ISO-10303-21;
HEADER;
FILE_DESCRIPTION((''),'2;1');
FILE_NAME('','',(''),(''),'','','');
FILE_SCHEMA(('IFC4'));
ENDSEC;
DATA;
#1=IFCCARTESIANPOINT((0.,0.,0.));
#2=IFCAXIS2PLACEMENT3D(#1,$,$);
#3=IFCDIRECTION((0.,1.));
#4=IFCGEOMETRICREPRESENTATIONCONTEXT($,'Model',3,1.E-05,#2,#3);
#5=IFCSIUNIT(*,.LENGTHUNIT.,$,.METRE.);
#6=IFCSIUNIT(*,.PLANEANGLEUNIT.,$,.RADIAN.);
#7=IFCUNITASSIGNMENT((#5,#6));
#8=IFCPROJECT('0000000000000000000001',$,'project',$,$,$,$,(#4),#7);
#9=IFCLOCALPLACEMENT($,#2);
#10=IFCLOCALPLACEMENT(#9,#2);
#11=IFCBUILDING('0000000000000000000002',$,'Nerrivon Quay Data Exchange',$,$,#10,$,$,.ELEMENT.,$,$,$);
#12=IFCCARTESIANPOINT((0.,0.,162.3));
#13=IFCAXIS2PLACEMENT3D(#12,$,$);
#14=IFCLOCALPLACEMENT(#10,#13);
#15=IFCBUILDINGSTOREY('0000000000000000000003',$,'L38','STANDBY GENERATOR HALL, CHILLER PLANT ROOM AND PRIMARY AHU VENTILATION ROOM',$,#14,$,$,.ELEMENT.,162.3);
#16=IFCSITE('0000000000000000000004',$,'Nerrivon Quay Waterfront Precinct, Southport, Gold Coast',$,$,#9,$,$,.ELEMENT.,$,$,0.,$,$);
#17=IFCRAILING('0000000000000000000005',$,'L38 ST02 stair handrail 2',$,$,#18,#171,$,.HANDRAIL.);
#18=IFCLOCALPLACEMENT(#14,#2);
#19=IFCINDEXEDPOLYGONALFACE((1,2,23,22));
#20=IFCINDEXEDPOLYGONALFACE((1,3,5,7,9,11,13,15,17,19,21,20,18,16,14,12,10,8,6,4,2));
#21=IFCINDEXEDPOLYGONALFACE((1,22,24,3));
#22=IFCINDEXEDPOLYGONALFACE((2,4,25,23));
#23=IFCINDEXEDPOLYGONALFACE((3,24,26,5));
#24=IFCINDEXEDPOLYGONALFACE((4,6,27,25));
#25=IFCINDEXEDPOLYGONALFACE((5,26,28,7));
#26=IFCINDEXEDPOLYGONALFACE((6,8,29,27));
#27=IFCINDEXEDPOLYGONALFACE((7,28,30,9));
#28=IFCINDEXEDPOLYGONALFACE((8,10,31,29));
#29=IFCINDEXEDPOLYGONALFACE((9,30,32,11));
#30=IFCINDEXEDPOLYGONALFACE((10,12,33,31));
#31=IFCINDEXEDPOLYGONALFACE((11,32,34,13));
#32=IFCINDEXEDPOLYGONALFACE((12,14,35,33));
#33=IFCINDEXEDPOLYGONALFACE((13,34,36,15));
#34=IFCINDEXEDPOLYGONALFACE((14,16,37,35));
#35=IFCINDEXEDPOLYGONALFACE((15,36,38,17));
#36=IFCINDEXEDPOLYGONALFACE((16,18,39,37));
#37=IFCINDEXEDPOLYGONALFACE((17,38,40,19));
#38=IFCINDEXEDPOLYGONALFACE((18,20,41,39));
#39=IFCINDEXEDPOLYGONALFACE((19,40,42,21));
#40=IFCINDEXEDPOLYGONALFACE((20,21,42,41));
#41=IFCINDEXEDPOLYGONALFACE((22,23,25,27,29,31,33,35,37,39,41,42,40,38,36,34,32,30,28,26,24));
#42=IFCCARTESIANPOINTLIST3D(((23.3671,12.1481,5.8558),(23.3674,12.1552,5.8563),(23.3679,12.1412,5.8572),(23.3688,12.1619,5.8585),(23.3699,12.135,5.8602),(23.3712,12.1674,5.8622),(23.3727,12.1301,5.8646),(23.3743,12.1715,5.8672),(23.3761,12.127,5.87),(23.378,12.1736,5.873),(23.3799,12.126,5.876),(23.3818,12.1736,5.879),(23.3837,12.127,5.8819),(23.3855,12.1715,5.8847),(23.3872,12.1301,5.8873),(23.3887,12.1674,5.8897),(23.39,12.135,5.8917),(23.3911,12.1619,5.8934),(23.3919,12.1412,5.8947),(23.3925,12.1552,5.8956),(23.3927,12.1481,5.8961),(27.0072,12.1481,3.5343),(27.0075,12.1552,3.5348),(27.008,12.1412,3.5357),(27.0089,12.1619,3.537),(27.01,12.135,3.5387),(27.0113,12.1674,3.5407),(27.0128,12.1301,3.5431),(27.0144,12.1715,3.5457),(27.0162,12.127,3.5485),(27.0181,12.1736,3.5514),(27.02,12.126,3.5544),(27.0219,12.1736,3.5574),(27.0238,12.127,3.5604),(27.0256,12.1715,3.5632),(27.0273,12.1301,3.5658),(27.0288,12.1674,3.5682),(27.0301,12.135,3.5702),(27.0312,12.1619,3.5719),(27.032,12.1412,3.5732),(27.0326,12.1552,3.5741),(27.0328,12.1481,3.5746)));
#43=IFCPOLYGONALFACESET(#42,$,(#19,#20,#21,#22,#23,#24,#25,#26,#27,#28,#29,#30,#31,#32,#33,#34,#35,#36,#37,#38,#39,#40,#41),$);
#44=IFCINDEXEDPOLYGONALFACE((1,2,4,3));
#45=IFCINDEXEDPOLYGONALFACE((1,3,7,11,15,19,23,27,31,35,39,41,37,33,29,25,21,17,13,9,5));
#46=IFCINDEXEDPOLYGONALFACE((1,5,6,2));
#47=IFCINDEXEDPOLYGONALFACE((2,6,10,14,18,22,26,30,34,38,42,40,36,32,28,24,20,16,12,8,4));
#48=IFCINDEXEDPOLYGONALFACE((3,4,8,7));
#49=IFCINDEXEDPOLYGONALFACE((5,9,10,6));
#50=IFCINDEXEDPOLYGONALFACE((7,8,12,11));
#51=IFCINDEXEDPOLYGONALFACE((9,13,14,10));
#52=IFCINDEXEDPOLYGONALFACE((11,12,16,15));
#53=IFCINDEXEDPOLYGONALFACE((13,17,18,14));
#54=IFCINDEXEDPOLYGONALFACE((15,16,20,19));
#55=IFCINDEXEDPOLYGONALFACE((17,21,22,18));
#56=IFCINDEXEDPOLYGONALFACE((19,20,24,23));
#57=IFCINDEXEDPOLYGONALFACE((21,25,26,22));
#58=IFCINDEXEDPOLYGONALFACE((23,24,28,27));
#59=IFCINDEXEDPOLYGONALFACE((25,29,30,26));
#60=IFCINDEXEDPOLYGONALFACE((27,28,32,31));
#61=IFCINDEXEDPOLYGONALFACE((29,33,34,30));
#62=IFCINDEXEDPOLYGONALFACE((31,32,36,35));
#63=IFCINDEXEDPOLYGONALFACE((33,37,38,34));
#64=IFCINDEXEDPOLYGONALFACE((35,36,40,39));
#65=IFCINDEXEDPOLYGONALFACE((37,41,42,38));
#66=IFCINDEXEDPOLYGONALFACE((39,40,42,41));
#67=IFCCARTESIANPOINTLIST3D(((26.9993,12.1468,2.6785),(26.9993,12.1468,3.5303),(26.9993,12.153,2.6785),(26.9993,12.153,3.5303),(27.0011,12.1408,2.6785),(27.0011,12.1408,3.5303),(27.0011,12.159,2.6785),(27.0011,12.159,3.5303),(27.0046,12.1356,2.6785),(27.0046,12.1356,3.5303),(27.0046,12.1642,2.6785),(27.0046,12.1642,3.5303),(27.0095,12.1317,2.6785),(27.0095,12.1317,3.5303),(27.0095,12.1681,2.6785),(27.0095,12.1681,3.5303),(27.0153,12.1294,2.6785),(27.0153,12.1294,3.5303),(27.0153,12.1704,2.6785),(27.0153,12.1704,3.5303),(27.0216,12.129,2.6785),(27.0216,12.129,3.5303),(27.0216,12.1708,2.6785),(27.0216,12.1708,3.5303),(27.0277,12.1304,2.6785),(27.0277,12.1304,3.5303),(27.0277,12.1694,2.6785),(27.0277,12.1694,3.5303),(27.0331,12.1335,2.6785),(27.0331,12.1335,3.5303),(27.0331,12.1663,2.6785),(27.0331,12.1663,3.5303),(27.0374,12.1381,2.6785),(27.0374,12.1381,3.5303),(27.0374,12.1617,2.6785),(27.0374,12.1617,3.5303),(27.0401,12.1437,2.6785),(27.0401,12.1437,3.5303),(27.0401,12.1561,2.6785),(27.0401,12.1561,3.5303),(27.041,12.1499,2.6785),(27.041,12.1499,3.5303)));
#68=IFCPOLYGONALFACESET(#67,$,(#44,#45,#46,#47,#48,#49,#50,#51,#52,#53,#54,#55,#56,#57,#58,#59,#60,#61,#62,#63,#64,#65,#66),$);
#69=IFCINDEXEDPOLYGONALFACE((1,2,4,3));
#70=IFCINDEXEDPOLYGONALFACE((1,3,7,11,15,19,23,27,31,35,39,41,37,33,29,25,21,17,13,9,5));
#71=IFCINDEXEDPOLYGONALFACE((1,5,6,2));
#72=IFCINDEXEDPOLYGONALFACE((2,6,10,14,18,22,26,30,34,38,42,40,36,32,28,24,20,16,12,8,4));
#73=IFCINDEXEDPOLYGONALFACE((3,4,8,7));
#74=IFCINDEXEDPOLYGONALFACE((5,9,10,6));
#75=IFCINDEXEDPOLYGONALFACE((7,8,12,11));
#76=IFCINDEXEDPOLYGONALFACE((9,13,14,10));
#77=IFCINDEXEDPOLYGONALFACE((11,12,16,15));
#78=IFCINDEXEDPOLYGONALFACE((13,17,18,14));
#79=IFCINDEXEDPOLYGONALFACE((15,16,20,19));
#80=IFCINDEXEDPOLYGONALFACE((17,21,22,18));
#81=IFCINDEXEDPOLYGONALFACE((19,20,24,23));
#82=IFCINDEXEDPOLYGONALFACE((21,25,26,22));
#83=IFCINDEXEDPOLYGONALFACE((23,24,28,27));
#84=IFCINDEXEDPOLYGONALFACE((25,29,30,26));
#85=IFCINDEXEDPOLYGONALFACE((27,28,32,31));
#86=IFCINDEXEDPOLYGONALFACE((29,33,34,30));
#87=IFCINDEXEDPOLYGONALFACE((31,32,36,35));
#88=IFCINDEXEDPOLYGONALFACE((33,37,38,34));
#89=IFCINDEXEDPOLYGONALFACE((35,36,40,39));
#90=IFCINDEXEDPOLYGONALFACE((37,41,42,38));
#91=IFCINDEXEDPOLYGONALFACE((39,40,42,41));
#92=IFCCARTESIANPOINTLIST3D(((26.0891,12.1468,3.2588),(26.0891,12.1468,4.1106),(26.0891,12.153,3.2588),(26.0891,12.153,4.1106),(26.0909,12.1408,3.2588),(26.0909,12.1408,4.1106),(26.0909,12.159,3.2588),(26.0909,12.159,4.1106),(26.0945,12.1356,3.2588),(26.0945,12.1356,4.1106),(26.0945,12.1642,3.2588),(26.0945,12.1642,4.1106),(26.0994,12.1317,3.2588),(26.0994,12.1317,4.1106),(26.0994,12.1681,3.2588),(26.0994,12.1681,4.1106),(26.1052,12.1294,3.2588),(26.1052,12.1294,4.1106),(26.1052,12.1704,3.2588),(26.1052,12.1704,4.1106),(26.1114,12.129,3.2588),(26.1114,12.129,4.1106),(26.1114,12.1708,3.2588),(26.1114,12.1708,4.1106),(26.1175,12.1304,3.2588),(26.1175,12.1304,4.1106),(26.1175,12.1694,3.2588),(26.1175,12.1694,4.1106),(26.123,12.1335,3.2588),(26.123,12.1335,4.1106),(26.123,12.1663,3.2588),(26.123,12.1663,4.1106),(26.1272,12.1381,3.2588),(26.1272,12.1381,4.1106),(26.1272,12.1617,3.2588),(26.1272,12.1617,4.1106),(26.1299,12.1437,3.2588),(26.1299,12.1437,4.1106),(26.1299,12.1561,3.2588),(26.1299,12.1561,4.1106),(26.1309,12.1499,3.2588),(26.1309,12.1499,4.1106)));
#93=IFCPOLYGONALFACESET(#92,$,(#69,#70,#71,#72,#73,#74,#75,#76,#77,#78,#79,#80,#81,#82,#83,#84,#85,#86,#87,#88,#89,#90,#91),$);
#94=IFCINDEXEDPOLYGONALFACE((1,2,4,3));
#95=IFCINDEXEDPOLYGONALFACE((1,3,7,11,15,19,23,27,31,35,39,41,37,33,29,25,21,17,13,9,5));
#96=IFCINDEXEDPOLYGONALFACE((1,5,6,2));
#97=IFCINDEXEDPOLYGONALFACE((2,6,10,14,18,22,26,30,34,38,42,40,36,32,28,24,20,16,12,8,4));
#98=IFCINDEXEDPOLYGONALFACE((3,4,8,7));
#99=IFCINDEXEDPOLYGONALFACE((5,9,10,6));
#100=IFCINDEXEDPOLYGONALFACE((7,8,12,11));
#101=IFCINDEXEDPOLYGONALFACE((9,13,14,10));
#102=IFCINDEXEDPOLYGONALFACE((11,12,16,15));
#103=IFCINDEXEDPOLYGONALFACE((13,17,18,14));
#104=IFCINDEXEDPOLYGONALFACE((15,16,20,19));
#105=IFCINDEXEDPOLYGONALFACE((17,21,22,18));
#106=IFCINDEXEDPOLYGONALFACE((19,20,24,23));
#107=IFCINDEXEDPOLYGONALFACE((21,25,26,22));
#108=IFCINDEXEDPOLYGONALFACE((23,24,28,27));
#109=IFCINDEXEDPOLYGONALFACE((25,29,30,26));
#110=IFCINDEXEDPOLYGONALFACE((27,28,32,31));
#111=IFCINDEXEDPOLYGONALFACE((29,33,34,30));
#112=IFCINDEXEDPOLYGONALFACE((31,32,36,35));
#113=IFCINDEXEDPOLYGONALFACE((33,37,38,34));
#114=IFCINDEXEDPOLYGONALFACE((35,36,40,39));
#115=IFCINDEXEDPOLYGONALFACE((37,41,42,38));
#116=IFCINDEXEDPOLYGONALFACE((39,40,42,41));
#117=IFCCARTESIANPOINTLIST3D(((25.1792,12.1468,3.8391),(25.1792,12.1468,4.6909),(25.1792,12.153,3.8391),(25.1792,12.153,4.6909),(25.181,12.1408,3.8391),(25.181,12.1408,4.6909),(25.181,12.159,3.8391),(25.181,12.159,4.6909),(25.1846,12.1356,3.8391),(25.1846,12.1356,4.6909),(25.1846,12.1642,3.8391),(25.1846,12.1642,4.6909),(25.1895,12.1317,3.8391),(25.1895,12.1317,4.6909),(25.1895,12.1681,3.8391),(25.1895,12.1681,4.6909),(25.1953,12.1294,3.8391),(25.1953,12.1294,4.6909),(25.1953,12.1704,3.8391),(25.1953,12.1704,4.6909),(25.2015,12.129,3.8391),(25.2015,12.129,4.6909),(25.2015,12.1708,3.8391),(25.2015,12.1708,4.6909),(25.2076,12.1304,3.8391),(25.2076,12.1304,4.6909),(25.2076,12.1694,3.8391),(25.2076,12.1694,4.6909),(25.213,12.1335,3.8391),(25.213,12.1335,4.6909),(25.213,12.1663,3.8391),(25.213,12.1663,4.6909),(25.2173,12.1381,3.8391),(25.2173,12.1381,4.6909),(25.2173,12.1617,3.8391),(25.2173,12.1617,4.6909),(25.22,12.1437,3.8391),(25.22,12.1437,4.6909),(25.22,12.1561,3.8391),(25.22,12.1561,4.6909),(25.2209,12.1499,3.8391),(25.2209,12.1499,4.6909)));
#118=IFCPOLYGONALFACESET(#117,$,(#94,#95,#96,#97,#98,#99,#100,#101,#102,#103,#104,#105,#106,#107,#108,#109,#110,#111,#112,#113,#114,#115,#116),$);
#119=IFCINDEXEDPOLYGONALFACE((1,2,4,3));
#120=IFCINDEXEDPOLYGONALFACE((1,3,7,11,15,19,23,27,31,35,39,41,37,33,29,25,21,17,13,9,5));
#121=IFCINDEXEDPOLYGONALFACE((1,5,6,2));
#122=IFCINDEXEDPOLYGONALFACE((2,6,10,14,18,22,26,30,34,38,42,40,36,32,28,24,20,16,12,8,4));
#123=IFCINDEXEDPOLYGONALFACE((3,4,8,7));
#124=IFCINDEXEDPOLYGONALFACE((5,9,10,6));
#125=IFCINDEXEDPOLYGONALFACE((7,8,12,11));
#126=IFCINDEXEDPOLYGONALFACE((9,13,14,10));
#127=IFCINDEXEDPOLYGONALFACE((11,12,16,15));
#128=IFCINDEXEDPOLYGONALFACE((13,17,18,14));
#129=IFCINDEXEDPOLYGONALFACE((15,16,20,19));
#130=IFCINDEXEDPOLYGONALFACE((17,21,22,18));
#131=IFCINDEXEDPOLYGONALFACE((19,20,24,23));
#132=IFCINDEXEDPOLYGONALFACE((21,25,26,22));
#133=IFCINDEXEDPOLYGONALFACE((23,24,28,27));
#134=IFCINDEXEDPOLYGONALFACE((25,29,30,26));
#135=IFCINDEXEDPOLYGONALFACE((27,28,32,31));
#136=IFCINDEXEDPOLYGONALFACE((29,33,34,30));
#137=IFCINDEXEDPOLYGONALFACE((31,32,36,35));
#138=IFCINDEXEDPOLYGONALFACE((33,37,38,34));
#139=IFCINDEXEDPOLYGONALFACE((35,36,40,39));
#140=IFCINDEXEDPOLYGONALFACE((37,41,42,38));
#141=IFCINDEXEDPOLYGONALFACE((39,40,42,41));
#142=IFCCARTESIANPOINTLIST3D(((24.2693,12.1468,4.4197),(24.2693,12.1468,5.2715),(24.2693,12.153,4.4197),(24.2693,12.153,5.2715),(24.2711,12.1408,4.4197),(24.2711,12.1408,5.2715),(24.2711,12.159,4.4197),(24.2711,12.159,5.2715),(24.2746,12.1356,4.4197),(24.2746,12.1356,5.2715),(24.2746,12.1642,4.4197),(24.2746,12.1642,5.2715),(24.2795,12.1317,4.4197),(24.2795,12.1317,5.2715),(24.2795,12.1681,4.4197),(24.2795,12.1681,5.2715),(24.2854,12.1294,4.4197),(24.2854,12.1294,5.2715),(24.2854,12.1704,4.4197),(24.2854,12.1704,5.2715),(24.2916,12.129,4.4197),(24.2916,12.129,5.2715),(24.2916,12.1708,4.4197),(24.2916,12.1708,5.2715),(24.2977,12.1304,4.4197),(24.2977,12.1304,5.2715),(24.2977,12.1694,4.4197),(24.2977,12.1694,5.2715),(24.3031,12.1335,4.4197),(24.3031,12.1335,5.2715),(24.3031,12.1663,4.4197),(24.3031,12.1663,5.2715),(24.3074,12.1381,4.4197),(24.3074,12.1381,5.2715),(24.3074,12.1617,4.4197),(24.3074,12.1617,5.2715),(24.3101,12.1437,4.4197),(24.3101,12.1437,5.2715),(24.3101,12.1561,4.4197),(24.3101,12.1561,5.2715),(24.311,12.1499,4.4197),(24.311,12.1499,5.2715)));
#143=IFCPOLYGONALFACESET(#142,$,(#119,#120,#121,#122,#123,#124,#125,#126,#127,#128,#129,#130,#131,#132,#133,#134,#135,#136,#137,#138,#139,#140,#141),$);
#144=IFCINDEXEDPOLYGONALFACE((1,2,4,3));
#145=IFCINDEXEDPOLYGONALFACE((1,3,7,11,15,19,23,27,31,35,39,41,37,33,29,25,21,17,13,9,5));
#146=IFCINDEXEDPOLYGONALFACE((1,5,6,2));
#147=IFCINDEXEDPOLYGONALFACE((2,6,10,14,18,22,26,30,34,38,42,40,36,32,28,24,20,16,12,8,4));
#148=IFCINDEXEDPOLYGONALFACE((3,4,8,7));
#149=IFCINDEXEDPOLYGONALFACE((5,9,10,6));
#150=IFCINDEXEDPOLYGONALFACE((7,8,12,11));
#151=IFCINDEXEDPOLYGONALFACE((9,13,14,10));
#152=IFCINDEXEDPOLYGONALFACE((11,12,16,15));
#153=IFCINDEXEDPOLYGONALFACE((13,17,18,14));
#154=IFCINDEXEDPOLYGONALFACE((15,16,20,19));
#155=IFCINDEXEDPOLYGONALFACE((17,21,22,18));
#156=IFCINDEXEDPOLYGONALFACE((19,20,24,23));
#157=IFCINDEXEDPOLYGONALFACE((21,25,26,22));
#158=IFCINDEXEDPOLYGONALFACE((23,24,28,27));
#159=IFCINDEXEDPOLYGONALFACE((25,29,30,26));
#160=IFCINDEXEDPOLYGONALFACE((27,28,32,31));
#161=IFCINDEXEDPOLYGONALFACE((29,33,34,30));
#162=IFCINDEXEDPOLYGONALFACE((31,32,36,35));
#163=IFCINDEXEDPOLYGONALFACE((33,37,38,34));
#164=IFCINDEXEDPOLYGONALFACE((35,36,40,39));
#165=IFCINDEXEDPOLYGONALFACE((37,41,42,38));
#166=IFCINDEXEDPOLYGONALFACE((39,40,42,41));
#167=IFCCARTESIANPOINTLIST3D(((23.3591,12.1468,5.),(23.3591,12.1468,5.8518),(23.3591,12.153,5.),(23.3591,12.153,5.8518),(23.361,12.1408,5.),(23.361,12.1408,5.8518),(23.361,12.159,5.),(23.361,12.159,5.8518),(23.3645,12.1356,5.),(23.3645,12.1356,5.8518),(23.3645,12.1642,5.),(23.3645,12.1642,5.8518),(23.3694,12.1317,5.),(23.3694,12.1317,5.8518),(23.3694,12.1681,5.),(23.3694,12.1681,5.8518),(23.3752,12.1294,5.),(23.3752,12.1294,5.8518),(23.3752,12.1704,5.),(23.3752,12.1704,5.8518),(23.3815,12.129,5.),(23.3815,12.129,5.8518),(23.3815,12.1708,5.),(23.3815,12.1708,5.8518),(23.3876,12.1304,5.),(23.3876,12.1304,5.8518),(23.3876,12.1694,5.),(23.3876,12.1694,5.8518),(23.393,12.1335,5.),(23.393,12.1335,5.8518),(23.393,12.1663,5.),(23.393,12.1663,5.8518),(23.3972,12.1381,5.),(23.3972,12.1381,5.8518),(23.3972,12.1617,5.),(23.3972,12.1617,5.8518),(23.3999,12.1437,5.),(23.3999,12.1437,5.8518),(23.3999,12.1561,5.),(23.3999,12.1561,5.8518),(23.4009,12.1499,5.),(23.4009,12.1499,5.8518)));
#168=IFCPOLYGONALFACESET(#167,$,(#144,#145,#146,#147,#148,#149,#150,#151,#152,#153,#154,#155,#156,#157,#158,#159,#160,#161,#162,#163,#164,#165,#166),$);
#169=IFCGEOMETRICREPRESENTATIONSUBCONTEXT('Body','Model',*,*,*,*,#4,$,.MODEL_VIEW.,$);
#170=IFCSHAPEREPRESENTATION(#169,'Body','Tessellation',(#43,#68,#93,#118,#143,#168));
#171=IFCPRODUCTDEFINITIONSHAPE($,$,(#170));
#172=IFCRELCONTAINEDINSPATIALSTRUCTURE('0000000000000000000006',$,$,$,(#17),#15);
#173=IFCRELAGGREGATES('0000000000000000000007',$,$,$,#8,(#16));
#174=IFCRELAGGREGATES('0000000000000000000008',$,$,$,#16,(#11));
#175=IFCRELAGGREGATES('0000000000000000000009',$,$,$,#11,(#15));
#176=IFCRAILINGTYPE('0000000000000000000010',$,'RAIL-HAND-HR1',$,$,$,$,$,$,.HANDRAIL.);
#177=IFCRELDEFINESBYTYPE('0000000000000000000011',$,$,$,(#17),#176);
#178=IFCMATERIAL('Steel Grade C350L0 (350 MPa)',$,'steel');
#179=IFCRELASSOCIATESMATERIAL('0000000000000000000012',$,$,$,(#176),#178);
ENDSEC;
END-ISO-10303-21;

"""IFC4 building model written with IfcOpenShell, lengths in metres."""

from ifc_helpers import new_model, si_unit, direction, frame, origin, origin_2d, place, context, subcontext, project, spatial, circle, extrude, material, type_object, element, save


model = new_model("IFC4")

# Units and contexts
model_context = context("Model", 3, precision=1e-05, world=origin(), true_north=direction((0.0, 1.0)))
body_context = subcontext(model_context, "Body", "Model", "MODEL_VIEW")
ifc_project = project(units=[si_unit("LENGTHUNIT", "METRE"), si_unit("PLANEANGLEUNIT", "RADIAN")], contexts=[model_context])

# Site, building, storey
site_placement = place(None, origin())
site = spatial("IfcSite", under=ifc_project, at=site_placement, Name="Nerrivon Quay Waterfront Precinct, Southport, Gold Coast", CompositionType="ELEMENT", RefElevation=0.0)
building_placement = place(site_placement, origin())
building = spatial("IfcBuilding", under=site, at=building_placement, Name="Nerrivon Quay Data Exchange", CompositionType="ELEMENT")
storey_placement = place(building_placement, frame((0.0, 0.0, 162.3)))
storey = spatial("IfcBuildingStorey", under=building, at=storey_placement, Name="L38", Description="STANDBY GENERATOR HALL, CHILLER PLANT ROOM AND PRIMARY AHU VENTILATION ROOM", CompositionType="ELEMENT", Elevation=162.3)

# Railing
ifc_material_1 = material(Name="Steel Grade C350L0 (350 MPa)", Category="steel")
railing_type_1 = type_object("IfcRailingType", Name="RAIL-HAND-HR1", PredefinedType="HANDRAIL", material=ifc_material_1)
railing_1_placement = place(storey_placement, frame((27.02, 12.1499, 2.6785)))
element("IfcRailing", 1, at=railing_1_placement, inside=storey, type_object=railing_type_1, Name="L38 ST02 stair handrail 2", PredefinedType="HANDRAIL", context=body_context, shape_type="SweptSolid", body=[
    extrude(circle(Radius=0.0239, at=origin_2d()), frame((0.0, 0.0, 0.876), z_axis=(-0.843128, 0.0, 0.537713), x_axis=(0.0, -1.0, 0.0)), (0.0, 0.0, 1.0), 4.3174),
    extrude(circle(Radius=0.021, at=origin_2d()), origin(), (0.0, 0.0, 1.0), 0.8518),
    extrude(circle(Radius=0.021, at=origin_2d()), frame((-0.9102, 0.0, 0.5803)), (0.0, 0.0, 1.0), 0.8518),
    extrude(circle(Radius=0.021, at=origin_2d()), frame((-1.8201, 0.0, 1.1606)), (0.0, 0.0, 1.0), 0.8518),
    extrude(circle(Radius=0.021, at=origin_2d()), frame((-2.73, 0.0, 1.7412)), (0.0, 0.0, 1.0), 0.8518),
    extrude(circle(Radius=0.021, at=origin_2d()), frame((-3.6401, 0.0, 2.3215)), (0.0, 0.0, 1.0), 0.8518),
])

save(model, "model.ifc")
